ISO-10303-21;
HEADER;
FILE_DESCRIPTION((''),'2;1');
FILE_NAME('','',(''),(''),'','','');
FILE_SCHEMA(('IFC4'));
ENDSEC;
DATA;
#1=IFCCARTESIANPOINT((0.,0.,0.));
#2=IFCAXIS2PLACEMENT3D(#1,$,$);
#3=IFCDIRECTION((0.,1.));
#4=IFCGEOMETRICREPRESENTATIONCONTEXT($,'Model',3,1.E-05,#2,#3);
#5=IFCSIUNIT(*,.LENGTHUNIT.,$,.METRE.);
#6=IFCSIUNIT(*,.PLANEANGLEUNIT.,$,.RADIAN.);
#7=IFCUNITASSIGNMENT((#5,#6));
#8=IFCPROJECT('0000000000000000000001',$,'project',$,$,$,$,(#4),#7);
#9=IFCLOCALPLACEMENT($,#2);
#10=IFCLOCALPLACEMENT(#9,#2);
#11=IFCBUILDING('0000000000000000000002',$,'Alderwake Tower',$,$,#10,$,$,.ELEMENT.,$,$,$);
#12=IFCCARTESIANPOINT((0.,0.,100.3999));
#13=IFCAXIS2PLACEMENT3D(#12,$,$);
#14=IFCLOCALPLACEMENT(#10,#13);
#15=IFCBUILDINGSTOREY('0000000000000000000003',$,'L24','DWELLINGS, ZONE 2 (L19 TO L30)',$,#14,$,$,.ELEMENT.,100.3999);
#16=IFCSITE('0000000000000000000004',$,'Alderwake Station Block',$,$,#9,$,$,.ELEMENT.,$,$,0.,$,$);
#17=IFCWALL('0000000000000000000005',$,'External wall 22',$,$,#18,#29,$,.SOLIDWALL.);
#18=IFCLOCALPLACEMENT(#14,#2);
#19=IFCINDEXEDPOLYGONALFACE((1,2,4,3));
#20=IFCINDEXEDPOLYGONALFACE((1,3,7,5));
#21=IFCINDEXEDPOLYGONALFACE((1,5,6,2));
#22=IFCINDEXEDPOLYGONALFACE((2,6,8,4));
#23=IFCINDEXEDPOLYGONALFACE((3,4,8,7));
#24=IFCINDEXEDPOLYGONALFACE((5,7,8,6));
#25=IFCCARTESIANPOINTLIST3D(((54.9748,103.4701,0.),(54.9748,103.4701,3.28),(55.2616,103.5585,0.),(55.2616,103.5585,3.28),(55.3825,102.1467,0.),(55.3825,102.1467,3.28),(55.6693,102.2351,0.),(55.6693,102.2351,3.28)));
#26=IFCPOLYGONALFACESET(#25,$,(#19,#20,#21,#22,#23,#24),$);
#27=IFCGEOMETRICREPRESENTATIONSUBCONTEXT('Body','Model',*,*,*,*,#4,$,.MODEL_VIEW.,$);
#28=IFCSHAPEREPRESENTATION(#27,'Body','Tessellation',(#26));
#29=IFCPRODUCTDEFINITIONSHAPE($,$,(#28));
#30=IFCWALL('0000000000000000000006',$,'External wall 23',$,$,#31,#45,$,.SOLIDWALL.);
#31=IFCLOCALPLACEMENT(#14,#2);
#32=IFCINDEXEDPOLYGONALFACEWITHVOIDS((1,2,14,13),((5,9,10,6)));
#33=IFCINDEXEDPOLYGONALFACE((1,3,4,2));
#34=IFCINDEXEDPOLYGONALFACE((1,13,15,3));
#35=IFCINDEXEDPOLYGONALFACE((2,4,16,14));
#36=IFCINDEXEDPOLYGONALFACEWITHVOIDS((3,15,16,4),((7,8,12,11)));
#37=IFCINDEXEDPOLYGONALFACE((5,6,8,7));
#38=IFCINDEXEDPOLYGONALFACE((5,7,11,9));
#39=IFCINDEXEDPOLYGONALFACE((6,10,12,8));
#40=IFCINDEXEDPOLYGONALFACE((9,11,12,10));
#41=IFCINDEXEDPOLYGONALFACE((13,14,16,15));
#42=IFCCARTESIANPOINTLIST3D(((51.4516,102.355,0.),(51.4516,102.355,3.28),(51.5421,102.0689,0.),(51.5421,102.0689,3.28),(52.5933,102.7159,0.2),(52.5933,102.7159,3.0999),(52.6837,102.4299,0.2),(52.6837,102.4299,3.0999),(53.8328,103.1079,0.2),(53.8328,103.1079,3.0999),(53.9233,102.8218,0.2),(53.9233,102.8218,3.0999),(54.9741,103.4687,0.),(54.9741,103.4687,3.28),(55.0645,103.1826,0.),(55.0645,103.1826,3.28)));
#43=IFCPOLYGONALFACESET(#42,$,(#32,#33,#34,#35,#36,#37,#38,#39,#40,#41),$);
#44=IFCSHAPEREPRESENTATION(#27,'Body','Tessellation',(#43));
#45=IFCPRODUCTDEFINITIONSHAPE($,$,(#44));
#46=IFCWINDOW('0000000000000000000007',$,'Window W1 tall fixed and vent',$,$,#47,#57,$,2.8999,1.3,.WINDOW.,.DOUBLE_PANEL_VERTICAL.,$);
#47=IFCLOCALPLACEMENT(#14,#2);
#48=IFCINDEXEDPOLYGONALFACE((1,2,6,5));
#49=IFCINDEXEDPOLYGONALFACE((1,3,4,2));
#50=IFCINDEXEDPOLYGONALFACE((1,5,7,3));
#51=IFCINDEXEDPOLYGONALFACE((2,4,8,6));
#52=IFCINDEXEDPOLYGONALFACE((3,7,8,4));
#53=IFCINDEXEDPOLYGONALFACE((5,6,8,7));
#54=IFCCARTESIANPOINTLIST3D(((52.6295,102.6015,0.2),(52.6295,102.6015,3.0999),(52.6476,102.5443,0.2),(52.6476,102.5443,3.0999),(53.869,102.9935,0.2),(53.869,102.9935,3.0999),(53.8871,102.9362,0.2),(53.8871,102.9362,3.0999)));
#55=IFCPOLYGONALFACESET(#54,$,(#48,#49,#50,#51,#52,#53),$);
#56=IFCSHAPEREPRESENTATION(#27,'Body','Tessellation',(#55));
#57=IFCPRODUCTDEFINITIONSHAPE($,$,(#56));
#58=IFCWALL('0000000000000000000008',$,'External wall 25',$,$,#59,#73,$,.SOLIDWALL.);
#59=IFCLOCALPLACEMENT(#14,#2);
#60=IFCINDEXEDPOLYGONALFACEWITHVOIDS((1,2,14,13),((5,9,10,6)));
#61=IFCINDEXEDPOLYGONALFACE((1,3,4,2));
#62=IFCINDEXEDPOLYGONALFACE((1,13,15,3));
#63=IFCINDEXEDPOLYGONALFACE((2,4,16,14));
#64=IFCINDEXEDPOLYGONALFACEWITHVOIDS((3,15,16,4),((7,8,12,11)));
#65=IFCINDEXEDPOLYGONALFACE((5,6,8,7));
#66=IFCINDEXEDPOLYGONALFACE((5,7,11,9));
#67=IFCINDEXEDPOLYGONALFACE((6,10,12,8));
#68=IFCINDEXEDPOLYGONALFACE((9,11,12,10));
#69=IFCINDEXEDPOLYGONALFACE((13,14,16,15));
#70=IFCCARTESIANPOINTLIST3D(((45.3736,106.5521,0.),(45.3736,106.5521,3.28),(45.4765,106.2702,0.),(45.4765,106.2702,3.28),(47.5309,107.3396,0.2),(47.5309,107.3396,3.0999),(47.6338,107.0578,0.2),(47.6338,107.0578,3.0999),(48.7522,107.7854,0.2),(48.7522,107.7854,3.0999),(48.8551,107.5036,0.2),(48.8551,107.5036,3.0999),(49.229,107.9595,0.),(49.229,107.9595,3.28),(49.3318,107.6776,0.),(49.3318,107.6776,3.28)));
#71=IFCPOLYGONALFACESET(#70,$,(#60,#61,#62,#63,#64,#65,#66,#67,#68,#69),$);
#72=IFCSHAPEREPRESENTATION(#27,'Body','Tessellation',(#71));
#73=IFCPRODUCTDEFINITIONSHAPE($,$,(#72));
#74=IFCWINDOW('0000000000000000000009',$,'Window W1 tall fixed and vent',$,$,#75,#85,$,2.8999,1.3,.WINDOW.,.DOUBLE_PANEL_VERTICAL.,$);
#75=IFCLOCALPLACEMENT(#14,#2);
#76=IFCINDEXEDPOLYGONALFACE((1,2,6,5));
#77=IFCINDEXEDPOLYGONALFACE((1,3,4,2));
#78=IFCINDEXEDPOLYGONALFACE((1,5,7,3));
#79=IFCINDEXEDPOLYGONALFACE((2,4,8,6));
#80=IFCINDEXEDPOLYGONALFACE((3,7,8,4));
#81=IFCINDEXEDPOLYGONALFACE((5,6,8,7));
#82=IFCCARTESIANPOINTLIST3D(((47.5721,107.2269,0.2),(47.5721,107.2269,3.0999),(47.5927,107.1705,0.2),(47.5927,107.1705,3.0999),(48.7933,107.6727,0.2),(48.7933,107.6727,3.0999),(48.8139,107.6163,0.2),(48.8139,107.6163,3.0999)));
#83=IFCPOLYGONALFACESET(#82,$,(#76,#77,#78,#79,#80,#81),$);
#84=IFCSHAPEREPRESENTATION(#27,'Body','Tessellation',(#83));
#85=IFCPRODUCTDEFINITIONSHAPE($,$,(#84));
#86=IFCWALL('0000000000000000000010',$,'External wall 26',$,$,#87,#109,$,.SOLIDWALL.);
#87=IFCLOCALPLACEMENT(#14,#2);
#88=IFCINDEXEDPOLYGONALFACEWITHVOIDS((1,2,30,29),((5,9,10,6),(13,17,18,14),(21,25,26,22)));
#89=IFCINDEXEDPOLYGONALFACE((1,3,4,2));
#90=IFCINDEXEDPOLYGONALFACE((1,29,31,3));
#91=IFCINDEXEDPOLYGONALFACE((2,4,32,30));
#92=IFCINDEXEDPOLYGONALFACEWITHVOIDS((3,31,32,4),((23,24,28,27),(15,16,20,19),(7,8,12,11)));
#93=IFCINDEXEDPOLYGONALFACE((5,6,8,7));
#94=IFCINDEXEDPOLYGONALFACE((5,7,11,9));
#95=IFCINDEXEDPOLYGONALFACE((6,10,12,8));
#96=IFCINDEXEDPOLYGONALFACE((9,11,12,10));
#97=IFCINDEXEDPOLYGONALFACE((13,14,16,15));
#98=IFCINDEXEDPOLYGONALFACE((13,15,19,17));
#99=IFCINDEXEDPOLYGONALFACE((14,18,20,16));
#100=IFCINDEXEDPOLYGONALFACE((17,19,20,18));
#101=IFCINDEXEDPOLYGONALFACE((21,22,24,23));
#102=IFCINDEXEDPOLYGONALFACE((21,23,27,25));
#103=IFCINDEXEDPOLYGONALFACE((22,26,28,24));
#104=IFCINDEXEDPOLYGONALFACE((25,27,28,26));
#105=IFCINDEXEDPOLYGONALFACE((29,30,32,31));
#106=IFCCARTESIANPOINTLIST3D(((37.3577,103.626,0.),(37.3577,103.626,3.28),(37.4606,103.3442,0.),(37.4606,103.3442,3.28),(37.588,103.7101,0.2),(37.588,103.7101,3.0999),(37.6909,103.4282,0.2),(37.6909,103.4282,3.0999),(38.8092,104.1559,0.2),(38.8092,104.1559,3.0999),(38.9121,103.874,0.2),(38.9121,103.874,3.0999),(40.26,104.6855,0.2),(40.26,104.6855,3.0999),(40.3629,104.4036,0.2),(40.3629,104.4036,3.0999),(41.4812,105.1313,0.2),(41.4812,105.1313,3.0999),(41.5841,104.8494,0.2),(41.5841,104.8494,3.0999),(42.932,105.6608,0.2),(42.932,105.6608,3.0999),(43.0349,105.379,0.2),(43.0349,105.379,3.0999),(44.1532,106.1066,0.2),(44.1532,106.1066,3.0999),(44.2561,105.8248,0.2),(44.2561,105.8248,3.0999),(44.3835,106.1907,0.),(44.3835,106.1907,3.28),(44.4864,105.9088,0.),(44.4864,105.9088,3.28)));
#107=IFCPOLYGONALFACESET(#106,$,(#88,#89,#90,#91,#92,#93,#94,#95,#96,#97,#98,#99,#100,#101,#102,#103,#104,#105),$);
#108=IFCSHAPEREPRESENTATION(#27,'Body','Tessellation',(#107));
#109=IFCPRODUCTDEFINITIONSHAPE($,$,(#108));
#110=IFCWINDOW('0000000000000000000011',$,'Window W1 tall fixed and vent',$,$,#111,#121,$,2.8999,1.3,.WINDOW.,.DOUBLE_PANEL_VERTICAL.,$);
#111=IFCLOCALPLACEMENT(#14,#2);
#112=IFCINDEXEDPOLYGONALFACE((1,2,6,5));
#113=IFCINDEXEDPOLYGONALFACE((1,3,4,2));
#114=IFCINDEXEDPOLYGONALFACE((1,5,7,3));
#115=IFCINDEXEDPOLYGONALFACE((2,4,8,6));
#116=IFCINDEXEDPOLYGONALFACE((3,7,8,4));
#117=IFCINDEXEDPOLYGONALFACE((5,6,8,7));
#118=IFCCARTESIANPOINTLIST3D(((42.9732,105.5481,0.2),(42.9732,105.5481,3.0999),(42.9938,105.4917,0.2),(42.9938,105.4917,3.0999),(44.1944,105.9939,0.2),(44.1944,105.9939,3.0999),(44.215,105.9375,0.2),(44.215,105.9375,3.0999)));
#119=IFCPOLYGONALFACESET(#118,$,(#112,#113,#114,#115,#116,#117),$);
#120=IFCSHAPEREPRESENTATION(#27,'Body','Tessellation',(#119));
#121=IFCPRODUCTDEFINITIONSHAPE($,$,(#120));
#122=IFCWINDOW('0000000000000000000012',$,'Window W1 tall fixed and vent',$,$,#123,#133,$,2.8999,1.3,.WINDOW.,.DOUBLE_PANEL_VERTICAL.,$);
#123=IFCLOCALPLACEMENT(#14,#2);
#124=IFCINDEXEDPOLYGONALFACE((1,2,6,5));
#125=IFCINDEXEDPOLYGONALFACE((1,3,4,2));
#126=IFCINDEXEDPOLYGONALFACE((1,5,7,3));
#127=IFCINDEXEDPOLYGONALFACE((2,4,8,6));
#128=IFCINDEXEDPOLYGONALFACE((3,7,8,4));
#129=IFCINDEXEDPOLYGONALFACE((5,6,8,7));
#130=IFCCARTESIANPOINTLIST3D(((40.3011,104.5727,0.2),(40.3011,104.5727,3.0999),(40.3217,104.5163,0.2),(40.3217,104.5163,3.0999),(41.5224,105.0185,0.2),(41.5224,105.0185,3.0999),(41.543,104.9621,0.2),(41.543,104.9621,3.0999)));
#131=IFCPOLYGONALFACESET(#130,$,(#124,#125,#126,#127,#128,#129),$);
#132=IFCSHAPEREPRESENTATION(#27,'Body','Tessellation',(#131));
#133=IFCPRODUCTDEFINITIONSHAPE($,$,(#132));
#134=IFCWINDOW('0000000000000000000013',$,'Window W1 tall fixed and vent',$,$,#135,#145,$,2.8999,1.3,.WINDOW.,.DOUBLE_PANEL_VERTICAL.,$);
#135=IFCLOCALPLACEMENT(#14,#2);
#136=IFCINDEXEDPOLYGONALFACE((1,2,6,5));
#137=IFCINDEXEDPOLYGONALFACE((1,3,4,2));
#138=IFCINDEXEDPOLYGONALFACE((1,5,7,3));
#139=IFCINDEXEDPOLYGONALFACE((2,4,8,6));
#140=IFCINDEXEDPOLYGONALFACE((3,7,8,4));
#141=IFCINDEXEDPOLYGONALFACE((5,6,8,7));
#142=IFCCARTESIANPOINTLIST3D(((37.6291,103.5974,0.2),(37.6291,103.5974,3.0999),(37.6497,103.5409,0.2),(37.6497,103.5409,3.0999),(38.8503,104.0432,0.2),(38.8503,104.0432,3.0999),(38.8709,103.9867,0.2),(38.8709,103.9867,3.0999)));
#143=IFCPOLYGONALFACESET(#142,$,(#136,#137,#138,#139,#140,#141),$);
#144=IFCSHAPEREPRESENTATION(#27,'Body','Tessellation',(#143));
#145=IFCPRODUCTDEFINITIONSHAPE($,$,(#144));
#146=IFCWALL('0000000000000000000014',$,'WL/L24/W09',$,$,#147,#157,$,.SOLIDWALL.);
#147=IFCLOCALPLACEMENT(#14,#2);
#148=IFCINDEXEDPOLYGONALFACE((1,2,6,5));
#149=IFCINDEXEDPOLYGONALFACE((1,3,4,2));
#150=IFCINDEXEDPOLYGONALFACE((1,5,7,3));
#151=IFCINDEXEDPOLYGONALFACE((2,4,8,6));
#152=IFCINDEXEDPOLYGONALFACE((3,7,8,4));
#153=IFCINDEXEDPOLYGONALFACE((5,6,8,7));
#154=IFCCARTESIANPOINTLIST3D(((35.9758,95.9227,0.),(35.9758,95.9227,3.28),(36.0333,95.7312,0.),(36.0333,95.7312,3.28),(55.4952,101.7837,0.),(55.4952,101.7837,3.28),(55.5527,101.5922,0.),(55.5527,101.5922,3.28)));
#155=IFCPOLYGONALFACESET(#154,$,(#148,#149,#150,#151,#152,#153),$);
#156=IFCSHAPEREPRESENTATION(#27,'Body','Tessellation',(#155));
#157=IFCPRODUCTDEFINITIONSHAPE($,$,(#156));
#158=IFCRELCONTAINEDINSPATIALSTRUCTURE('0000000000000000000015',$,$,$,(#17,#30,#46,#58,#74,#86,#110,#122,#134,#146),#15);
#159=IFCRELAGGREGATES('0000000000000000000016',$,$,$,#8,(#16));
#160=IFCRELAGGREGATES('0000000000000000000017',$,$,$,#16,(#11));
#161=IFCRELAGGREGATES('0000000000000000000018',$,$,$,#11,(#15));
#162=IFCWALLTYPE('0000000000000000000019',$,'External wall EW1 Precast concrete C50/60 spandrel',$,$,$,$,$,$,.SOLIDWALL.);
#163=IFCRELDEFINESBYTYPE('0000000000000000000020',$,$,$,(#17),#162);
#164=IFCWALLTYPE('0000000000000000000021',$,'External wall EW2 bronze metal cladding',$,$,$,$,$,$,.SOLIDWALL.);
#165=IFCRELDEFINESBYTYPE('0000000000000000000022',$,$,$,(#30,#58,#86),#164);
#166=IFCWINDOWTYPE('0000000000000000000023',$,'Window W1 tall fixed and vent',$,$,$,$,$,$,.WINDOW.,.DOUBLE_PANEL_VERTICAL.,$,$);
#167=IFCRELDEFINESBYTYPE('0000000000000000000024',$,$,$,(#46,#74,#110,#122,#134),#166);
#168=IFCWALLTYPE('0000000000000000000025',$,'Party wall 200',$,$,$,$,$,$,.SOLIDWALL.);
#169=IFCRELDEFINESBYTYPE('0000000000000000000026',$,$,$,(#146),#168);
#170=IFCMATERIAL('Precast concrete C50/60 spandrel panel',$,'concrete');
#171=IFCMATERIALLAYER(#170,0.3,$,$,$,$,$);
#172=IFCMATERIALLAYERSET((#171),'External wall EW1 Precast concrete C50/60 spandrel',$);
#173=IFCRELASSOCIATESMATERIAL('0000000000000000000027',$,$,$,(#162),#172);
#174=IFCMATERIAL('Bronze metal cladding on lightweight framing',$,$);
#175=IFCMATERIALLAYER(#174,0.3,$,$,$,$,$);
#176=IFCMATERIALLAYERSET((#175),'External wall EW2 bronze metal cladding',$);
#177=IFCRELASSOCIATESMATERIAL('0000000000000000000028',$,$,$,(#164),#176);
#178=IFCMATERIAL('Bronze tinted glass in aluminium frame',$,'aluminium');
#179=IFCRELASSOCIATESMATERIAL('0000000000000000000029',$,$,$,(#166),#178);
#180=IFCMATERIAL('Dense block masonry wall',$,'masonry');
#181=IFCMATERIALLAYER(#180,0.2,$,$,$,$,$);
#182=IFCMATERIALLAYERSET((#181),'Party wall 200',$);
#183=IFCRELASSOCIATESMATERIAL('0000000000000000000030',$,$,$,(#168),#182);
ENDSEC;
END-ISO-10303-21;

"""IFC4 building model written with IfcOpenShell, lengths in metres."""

from ifc_helpers import new_model, si_unit, direction, frame, frame_2d, origin, place, context, subcontext, project, spatial, rectangle, extrude, material, layer, layer_set, type_object, element, fill, save


model = new_model("IFC4")

# Units and contexts
model_context = context("Model", 3, precision=1e-05, world=origin(), true_north=direction((0.0, 1.0)))
body_context = subcontext(model_context, "Body", "Model", "MODEL_VIEW")
ifc_project = project(units=[si_unit("LENGTHUNIT", "METRE"), si_unit("PLANEANGLEUNIT", "RADIAN")], contexts=[model_context])

# Site, building, storey
site_placement = place(None, origin())
site = spatial("IfcSite", under=ifc_project, at=site_placement, Name="Alderwake Station Block", CompositionType="ELEMENT", RefElevation=0.0)
building_placement = place(site_placement, origin())
building = spatial("IfcBuilding", under=site, at=building_placement, Name="Alderwake Tower", CompositionType="ELEMENT")
storey_placement = place(building_placement, frame((0.0, 0.0, 100.3999)))
storey = spatial("IfcBuildingStorey", under=building, at=storey_placement, Name="L24", Description="DWELLINGS, ZONE 2 (L19 TO L30)", CompositionType="ELEMENT", Elevation=100.3999)

# Wall
ifc_material_1 = material(Name="Precast concrete C50/60 spandrel panel", Category="concrete")
ifc_layer_1 = layer(ifc_material_1, 0.3)
ifc_layer_set_1 = layer_set([ifc_layer_1], Name="External wall EW1 Precast concrete C50/60 spandrel")
wall_type_1 = type_object("IfcWallType", Name="External wall EW1 Precast concrete C50/60 spandrel", PredefinedType="SOLIDWALL", material=ifc_layer_set_1)
wall_1_placement = place(storey_placement, frame((55.5259, 102.1909, 0.0), z_axis=(0.0, 0.0, 1.0), x_axis=(-0.294408, 0.95568, 0.0)))
element("IfcWall", 1, at=wall_1_placement, inside=storey, type_object=wall_type_1, Name="External wall 22", PredefinedType="SOLIDWALL", context=body_context, shape_type="SweptSolid", body=[
    extrude(rectangle(XDim=1.3848, YDim=0.3, at=frame_2d((0.6924, 0.0))), origin(), (0.0, 0.0, 1.0), 3.28),
])

# Wall, opening, window
ifc_material_2 = material(Name="Bronze metal cladding on lightweight framing")
ifc_layer_2 = layer(ifc_material_2, 0.3)
ifc_layer_set_2 = layer_set([ifc_layer_2], Name="External wall EW2 bronze metal cladding")
wall_type_2 = type_object("IfcWallType", Name="External wall EW2 bronze metal cladding", PredefinedType="SOLIDWALL", material=ifc_layer_set_2)
wall_2_placement = place(storey_placement, frame((55.0193, 103.3257, 0.0), z_axis=(0.0, 0.0, 1.0), x_axis=(-0.953473, -0.301479, 0.0)))
wall_2 = element("IfcWall", 2, at=wall_2_placement, inside=storey, type_object=wall_type_2, Name="External wall 23", PredefinedType="SOLIDWALL", context=body_context, shape_type="SweptSolid", body=[
    extrude(rectangle(XDim=3.6943, YDim=0.3, at=frame_2d((1.8472, 0.0))), origin(), (0.0, 0.0, 1.0), 3.28),
])
opening_1_placement = place(wall_2_placement, frame((1.197, 0.0, 0.2)))
opening_1 = element("IfcOpeningElement", 3, at=opening_1_placement, cuts=wall_2, PredefinedType="OPENING", context=body_context, shape_type="SweptSolid", body=[
    extrude(rectangle(XDim=1.3, YDim=2.8999, at=frame_2d((0.6499, 1.45))), frame((0.0, 0.1599, 0.0), z_axis=(0.0, -1.0, 0.0), x_axis=(1.0, 0.0, 0.0)), (0.0, 0.0, 1.0), 0.3201),
])
ifc_material_3 = material(Name="Bronze tinted glass in aluminium frame", Category="aluminium")
window_type = type_object("IfcWindowType", Name="Window W1 tall fixed and vent", PartitioningType="DOUBLE_PANEL_VERTICAL", PredefinedType="WINDOW", material=ifc_material_3)
window_1_placement = place(opening_1_placement, origin())
window_1 = element("IfcWindow", 4, at=window_1_placement, inside=storey, type_object=window_type, Name="Window W1 tall fixed and vent", OverallHeight=2.8999, OverallWidth=1.3, PartitioningType="DOUBLE_PANEL_VERTICAL", PredefinedType="WINDOW", context=body_context, shape_type="SweptSolid", body=[
    extrude(rectangle(XDim=1.3, YDim=2.8999, at=frame_2d((0.6499, 1.45))), frame((0.0, 0.03, 0.0), z_axis=(0.0, -1.0, 0.0), x_axis=(1.0, 0.0, 0.0)), (0.0, 0.0, 1.0), 0.0601),
])
fill(opening_1, window_1)

# Wall, opening, window
wall_3_placement = place(storey_placement, frame((49.2805, 107.8186, 0.0), z_axis=(0.0, 0.0, 1.0), x_axis=(-0.939364, -0.342922, 0.0)))
wall_3 = element("IfcWall", 5, at=wall_3_placement, inside=storey, type_object=wall_type_2, Name="External wall 25", PredefinedType="SOLIDWALL", context=body_context, shape_type="SweptSolid", body=[
    extrude(rectangle(XDim=4.1042, YDim=0.3, at=frame_2d((2.0522, 0.0))), origin(), (0.0, 0.0, 1.0), 3.28),
])
opening_2_placement = place(wall_3_placement, frame((0.5078, 0.0, 0.2)))
opening_2 = element("IfcOpeningElement", 6, at=opening_2_placement, cuts=wall_3, PredefinedType="OPENING", context=body_context, shape_type="SweptSolid", body=[
    extrude(rectangle(XDim=1.3, YDim=2.8999, at=frame_2d((0.6499, 1.45))), frame((0.0, 0.1599, 0.0), z_axis=(0.0, -1.0, 0.0), x_axis=(1.0, 0.0, 0.0)), (0.0, 0.0, 1.0), 0.3201),
])
window_2_placement = place(opening_2_placement, origin())
window_2 = element("IfcWindow", 7, at=window_2_placement, inside=storey, type_object=window_type, Name="Window W1 tall fixed and vent", OverallHeight=2.8999, OverallWidth=1.3, PartitioningType="DOUBLE_PANEL_VERTICAL", PredefinedType="WINDOW", context=body_context, shape_type="SweptSolid", body=[
    extrude(rectangle(XDim=1.3, YDim=2.8999, at=frame_2d((0.6499, 1.45))), frame((0.0, 0.03, 0.0), z_axis=(0.0, -1.0, 0.0), x_axis=(1.0, 0.0, 0.0)), (0.0, 0.0, 1.0), 0.0601),
])
fill(opening_2, window_2)

# Wall, openings, windows
wall_4_placement = place(storey_placement, frame((44.4351, 106.0498, 0.0), z_axis=(0.0, 0.0, 1.0), x_axis=(-0.939371, -0.342904, 0.0)))
wall_4 = element("IfcWall", 8, at=wall_4_placement, inside=storey, type_object=wall_type_2, Name="External wall 26", PredefinedType="SOLIDWALL", context=body_context, shape_type="SweptSolid", body=[
    extrude(rectangle(XDim=7.4792, YDim=0.3, at=frame_2d((3.7397, 0.0))), origin(), (0.0, 0.0, 1.0), 3.28),
])
opening_3_placement = place(wall_4_placement, frame((0.2454, 0.0, 0.2)))
opening_3 = element("IfcOpeningElement", 9, at=opening_3_placement, cuts=wall_4, PredefinedType="OPENING", context=body_context, shape_type="SweptSolid", body=[
    extrude(rectangle(XDim=1.3, YDim=2.8999, at=frame_2d((0.6499, 1.45))), frame((0.0, 0.1599, 0.0), z_axis=(0.0, -1.0, 0.0), x_axis=(1.0, 0.0, 0.0)), (0.0, 0.0, 1.0), 0.3201),
])
opening_4_placement = place(wall_4_placement, frame((3.0898, 0.0, 0.2)))
opening_4 = element("IfcOpeningElement", 10, at=opening_4_placement, cuts=wall_4, PredefinedType="OPENING", context=body_context, shape_type="SweptSolid", body=[
    extrude(rectangle(XDim=1.3, YDim=2.8999, at=frame_2d((0.6499, 1.45))), frame((0.0, 0.1599, 0.0), z_axis=(0.0, -1.0, 0.0), x_axis=(1.0, 0.0, 0.0)), (0.0, 0.0, 1.0), 0.3201),
])
opening_5_placement = place(wall_4_placement, frame((5.9343, 0.0, 0.2)))
opening_5 = element("IfcOpeningElement", 11, at=opening_5_placement, cuts=wall_4, PredefinedType="OPENING", context=body_context, shape_type="SweptSolid", body=[
    extrude(rectangle(XDim=1.3, YDim=2.8999, at=frame_2d((0.6499, 1.45))), frame((0.0, 0.1599, 0.0), z_axis=(0.0, -1.0, 0.0), x_axis=(1.0, 0.0, 0.0)), (0.0, 0.0, 1.0), 0.3201),
])
window_3_placement = place(opening_3_placement, origin())
window_3 = element("IfcWindow", 12, at=window_3_placement, inside=storey, type_object=window_type, Name="Window W1 tall fixed and vent", OverallHeight=2.8999, OverallWidth=1.3, PartitioningType="DOUBLE_PANEL_VERTICAL", PredefinedType="WINDOW", context=body_context, shape_type="SweptSolid", body=[
    extrude(rectangle(XDim=1.3, YDim=2.8999, at=frame_2d((0.6499, 1.45))), frame((0.0, 0.03, 0.0), z_axis=(0.0, -1.0, 0.0), x_axis=(1.0, 0.0, 0.0)), (0.0, 0.0, 1.0), 0.0601),
])
fill(opening_3, window_3)
window_4_placement = place(opening_4_placement, origin())
window_4 = element("IfcWindow", 13, at=window_4_placement, inside=storey, type_object=window_type, Name="Window W1 tall fixed and vent", OverallHeight=2.8999, OverallWidth=1.3, PartitioningType="DOUBLE_PANEL_VERTICAL", PredefinedType="WINDOW", context=body_context, shape_type="SweptSolid", body=[
    extrude(rectangle(XDim=1.3, YDim=2.8999, at=frame_2d((0.6499, 1.45))), frame((0.0, 0.03, 0.0), z_axis=(0.0, -1.0, 0.0), x_axis=(1.0, 0.0, 0.0)), (0.0, 0.0, 1.0), 0.0601),
])
fill(opening_4, window_4)
window_5_placement = place(opening_5_placement, origin())
window_5 = element("IfcWindow", 14, at=window_5_placement, inside=storey, type_object=window_type, Name="Window W1 tall fixed and vent", OverallHeight=2.8999, OverallWidth=1.3, PartitioningType="DOUBLE_PANEL_VERTICAL", PredefinedType="WINDOW", context=body_context, shape_type="SweptSolid", body=[
    extrude(rectangle(XDim=1.3, YDim=2.8999, at=frame_2d((0.6499, 1.45))), frame((0.0, 0.03, 0.0), z_axis=(0.0, -1.0, 0.0), x_axis=(1.0, 0.0, 0.0)), (0.0, 0.0, 1.0), 0.0601),
])
fill(opening_5, window_5)

# Wall
ifc_material_4 = material(Name="Dense block masonry wall", Category="masonry")
ifc_layer_3 = layer(ifc_material_4, 0.2)
ifc_layer_set_3 = layer_set([ifc_layer_3], Name="Party wall 200")
wall_type_3 = type_object("IfcWallType", Name="Party wall 200", PredefinedType="SOLIDWALL", material=ifc_layer_set_3)
wall_5_placement = place(storey_placement, frame((55.5239, 101.688, 0.0), z_axis=(0.0, 0.0, 1.0), x_axis=(-0.957756, -0.287583, 0.0)))
element("IfcWall", 15, at=wall_5_placement, inside=storey, type_object=wall_type_3, Name="WL/L24/W09", PredefinedType="SOLIDWALL", context=body_context, shape_type="SweptSolid", body=[
    extrude(rectangle(XDim=20.3804, YDim=0.2, at=frame_2d((10.1902, 0.0))), origin(), (0.0, 0.0, 1.0), 3.28),
])

save(model, "model.ifc")
